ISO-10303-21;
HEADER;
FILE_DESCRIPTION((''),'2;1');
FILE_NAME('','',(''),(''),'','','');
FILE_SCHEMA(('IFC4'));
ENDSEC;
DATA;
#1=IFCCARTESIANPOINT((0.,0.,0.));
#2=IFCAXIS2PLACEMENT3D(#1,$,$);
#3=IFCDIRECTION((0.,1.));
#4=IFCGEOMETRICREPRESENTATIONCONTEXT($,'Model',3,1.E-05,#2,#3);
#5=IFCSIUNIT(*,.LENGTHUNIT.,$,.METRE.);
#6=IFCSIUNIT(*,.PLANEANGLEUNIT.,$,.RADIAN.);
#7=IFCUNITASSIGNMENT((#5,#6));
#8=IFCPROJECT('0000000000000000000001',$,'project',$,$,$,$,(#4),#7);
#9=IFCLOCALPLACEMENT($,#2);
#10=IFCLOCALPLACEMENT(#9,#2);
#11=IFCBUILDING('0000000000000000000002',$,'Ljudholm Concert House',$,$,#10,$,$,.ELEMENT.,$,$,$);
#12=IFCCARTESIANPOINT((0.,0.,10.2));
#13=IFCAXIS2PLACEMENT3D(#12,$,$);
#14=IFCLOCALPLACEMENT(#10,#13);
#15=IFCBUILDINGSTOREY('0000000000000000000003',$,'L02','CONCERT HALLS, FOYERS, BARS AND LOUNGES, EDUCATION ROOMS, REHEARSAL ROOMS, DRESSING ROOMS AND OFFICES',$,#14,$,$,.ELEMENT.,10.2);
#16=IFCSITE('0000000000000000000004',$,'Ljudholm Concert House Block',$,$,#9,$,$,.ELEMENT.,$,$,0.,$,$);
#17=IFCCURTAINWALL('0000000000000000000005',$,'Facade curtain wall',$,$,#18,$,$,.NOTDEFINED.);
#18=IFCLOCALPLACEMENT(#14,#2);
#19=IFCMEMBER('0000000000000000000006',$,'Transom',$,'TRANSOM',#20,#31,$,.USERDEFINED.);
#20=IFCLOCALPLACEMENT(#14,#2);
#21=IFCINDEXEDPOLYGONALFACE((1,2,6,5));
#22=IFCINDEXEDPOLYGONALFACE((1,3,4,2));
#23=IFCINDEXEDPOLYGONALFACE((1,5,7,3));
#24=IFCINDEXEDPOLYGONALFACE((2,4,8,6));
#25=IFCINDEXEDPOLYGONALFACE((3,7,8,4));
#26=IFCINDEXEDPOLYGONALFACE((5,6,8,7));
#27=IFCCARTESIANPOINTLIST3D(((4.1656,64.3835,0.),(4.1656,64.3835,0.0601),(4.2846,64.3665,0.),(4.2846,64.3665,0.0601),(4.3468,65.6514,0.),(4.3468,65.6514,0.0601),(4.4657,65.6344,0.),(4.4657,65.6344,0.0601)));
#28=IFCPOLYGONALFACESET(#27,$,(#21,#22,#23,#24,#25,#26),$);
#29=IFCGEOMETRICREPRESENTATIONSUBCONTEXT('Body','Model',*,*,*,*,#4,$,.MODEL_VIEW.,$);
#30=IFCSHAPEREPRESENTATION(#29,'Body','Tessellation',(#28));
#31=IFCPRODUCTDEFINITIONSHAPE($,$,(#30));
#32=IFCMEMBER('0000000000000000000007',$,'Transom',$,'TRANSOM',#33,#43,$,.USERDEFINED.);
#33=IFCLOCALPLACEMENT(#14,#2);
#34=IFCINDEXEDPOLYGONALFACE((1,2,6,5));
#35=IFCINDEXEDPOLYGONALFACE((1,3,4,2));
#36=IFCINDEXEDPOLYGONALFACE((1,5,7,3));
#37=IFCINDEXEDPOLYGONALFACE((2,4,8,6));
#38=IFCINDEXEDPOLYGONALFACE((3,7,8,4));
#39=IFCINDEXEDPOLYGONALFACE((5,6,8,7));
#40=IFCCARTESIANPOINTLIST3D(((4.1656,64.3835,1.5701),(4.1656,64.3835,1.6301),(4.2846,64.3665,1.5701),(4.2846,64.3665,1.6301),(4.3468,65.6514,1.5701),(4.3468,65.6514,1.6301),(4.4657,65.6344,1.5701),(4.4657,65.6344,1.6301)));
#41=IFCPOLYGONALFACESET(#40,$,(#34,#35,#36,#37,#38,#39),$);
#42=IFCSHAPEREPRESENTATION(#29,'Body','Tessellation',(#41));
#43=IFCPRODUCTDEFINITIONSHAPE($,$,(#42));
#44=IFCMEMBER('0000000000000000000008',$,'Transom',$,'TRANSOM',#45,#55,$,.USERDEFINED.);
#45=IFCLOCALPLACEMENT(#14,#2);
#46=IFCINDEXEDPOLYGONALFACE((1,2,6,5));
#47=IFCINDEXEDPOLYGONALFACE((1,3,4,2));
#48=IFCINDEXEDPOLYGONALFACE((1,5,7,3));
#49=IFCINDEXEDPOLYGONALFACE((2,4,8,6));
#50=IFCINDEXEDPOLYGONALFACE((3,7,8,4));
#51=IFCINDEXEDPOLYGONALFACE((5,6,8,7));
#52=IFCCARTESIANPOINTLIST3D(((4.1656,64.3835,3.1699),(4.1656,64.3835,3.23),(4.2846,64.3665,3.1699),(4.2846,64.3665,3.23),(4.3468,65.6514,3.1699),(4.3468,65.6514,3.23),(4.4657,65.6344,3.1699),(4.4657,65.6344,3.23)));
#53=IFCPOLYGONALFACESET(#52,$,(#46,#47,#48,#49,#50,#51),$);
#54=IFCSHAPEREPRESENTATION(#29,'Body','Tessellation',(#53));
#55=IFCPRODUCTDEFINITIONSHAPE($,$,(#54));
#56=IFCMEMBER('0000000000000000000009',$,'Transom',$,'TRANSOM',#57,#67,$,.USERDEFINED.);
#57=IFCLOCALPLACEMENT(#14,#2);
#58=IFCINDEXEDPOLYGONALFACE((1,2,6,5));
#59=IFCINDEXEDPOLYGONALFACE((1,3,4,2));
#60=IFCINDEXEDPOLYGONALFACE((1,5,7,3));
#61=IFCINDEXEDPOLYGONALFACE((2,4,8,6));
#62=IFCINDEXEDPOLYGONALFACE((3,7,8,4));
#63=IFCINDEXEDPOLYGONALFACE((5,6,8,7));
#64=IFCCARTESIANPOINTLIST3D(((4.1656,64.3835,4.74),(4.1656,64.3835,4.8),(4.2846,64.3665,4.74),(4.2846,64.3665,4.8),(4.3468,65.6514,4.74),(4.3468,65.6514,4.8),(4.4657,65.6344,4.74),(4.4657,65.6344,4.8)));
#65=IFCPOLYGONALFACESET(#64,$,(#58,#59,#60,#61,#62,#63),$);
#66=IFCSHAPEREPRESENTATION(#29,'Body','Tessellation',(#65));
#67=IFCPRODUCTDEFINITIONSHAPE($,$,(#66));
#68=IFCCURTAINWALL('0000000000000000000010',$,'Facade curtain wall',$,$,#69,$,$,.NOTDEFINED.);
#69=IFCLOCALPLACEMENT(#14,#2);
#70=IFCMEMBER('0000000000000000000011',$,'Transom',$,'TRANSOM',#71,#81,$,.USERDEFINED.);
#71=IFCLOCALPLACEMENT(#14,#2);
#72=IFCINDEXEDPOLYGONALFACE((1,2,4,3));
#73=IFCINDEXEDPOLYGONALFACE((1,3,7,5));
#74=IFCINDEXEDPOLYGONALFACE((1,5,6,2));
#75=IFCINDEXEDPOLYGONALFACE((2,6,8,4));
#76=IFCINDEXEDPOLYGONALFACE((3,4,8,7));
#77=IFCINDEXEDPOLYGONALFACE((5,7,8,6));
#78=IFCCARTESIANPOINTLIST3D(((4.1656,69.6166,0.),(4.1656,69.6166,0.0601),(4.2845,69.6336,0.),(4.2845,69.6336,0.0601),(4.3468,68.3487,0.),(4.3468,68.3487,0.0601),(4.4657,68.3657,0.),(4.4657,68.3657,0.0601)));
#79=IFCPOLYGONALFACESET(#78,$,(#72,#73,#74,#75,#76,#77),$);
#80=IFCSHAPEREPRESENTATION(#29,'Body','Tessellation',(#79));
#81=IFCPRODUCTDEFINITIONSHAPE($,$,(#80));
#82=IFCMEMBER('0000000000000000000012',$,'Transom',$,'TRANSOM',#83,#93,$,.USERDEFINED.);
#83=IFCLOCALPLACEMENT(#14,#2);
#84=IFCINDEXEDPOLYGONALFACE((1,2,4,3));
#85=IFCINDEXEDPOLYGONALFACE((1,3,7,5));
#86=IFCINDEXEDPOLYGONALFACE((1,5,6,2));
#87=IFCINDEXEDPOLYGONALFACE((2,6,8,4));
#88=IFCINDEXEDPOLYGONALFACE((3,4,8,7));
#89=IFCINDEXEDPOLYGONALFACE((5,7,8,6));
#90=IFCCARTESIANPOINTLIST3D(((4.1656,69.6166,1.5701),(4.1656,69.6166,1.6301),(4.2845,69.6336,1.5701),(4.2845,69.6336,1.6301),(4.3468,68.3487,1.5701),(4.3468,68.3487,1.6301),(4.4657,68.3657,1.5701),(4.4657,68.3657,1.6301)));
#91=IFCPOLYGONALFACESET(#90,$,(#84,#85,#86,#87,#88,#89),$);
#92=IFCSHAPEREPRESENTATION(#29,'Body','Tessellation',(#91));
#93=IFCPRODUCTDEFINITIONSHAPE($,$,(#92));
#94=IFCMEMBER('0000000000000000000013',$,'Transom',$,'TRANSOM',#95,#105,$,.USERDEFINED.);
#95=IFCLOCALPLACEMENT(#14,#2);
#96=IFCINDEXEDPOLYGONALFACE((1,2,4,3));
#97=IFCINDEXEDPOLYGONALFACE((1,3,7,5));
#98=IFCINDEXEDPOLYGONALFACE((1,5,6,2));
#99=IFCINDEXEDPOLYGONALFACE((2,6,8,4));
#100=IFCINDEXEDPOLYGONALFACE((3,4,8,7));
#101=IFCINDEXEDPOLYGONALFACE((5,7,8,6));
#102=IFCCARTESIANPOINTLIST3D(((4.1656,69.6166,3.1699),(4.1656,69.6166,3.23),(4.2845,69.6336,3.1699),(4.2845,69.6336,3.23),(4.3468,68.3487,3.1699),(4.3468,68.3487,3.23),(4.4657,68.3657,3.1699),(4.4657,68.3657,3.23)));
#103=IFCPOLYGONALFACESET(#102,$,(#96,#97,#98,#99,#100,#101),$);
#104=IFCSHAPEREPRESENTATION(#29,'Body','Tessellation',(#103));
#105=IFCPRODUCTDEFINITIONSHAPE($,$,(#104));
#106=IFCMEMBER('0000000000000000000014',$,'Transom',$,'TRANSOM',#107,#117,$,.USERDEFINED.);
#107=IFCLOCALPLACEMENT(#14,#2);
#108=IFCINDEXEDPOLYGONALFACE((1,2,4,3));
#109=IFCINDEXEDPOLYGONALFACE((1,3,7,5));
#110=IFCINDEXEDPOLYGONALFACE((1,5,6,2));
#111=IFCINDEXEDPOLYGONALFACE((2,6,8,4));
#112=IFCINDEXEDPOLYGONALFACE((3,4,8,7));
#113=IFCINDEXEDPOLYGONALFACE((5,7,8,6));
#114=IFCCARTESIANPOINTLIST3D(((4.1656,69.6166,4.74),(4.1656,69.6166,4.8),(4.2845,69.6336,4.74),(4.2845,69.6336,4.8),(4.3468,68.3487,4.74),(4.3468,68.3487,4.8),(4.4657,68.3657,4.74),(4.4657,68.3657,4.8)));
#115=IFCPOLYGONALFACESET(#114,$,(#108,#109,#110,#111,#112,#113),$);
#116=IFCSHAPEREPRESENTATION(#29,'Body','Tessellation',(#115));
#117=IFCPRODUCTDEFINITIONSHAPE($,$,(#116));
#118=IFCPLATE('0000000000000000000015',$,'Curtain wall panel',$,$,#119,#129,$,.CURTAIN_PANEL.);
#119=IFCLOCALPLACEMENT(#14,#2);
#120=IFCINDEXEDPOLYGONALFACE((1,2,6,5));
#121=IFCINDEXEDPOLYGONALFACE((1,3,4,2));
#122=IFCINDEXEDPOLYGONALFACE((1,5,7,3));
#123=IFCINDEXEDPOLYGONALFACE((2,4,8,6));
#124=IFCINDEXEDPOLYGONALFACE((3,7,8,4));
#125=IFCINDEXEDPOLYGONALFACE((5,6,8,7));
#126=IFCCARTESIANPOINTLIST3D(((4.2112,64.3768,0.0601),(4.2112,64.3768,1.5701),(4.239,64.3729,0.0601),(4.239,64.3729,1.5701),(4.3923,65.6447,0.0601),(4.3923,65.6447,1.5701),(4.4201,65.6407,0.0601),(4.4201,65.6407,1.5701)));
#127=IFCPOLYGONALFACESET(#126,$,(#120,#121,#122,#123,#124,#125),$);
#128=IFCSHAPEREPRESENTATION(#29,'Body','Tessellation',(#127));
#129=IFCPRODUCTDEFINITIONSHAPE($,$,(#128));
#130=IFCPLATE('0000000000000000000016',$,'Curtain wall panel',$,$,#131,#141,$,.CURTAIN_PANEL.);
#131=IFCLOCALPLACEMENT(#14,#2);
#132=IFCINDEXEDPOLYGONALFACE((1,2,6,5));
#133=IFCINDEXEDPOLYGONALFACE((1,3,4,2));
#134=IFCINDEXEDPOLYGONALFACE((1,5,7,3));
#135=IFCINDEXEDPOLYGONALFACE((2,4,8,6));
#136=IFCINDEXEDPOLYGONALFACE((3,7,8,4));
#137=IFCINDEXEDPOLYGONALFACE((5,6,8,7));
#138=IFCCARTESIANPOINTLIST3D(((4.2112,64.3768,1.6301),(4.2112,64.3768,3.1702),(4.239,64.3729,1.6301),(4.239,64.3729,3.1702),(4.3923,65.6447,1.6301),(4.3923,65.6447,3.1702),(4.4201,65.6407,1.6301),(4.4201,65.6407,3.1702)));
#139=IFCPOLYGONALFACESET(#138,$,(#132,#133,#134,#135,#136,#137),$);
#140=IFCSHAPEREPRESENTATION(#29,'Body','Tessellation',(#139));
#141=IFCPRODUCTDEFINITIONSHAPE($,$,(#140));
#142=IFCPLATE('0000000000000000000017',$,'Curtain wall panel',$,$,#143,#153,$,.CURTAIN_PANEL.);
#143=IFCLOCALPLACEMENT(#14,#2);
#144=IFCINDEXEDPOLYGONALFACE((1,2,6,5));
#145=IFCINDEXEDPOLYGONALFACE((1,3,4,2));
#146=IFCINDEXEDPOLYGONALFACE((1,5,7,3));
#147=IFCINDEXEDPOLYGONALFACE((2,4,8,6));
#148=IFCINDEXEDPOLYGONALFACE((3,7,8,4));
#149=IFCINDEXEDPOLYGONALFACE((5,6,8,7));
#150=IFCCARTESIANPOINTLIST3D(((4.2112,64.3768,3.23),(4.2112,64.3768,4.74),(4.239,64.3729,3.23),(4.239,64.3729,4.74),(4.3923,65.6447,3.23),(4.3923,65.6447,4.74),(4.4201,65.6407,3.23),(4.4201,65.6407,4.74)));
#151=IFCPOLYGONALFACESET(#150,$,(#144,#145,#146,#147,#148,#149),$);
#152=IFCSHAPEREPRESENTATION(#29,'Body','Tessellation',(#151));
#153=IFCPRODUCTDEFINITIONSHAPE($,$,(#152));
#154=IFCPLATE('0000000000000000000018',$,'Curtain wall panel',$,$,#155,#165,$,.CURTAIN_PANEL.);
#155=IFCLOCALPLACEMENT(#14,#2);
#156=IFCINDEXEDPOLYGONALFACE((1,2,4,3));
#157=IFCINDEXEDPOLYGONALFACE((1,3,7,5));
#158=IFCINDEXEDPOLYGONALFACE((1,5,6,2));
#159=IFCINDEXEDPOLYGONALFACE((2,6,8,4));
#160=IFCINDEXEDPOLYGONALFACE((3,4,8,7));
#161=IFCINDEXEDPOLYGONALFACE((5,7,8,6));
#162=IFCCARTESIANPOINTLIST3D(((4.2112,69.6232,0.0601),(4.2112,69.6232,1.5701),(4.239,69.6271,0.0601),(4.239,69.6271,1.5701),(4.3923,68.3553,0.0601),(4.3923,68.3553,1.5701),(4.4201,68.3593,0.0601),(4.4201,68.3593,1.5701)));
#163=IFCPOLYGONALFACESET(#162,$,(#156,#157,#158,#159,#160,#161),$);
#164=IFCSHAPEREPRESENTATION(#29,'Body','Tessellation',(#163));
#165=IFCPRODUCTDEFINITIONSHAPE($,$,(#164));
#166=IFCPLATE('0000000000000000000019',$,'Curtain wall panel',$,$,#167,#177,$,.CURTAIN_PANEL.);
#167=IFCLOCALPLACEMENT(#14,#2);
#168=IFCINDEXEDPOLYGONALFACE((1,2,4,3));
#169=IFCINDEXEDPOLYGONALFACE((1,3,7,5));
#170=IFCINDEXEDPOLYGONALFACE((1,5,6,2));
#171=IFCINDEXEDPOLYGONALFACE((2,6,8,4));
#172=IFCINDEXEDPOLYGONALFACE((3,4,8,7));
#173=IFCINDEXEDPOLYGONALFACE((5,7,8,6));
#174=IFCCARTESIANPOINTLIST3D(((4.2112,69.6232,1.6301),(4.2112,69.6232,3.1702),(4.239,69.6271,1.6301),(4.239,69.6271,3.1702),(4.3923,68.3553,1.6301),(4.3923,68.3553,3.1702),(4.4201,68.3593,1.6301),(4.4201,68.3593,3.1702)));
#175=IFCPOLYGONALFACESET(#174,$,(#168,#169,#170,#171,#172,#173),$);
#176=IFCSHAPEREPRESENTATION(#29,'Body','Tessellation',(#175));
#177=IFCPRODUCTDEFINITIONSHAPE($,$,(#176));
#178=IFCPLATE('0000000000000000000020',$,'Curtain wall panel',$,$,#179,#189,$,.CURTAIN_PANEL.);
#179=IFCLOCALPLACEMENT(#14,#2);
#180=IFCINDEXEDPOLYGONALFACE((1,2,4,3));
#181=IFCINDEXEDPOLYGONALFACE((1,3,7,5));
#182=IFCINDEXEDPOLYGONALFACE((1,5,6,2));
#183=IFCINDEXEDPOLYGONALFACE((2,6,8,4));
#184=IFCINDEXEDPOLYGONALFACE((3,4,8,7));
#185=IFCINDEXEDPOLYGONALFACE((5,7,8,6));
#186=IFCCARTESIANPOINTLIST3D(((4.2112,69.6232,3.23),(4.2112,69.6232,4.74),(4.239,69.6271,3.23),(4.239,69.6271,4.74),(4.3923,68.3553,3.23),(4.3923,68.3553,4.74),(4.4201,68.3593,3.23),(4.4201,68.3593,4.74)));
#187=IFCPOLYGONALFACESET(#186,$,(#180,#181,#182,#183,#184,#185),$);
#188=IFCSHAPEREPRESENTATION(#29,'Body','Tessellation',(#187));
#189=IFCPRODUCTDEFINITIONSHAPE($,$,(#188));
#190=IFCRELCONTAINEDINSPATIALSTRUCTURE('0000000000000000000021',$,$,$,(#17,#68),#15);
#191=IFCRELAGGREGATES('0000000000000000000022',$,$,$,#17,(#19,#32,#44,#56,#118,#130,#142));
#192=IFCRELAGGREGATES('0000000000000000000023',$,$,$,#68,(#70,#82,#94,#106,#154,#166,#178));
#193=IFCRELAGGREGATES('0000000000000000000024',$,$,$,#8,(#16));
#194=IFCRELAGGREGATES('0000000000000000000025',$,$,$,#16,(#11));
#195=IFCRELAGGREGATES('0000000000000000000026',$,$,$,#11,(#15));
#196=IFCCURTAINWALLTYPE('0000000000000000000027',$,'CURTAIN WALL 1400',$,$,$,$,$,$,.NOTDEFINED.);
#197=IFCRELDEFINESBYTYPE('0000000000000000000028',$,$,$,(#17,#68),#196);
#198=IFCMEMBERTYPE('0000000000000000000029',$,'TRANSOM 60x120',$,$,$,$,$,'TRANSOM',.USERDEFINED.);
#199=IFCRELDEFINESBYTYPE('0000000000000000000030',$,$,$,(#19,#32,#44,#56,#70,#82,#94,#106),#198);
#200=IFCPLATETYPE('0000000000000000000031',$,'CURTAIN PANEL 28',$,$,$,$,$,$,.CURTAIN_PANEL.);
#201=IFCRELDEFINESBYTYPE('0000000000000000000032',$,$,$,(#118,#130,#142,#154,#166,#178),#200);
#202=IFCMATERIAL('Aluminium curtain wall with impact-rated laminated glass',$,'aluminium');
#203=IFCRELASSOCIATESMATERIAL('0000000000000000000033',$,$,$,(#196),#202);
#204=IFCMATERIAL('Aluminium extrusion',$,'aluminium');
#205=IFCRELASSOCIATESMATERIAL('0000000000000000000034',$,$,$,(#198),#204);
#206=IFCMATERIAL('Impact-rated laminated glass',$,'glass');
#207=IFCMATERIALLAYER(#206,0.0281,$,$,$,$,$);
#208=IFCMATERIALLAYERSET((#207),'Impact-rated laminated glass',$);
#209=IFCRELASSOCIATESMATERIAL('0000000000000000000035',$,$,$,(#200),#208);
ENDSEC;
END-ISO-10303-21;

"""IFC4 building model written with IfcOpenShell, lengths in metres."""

from ifc_helpers import new_model, si_unit, direction, frame, origin, origin_2d, place, context, subcontext, project, spatial, rectangle, extrude, material, layer, layer_set, material_profile, profile_set, type_object, element, aggregate, save


model = new_model("IFC4")

# Units and contexts
model_context = context("Model", 3, precision=1e-05, world=origin(), true_north=direction((0.0, 1.0)))
body_context = subcontext(model_context, "Body", "Model", "MODEL_VIEW")
ifc_project = project(units=[si_unit("LENGTHUNIT", "METRE"), si_unit("PLANEANGLEUNIT", "RADIAN")], contexts=[model_context])

# Site, building, storey
site_placement = place(None, origin())
site = spatial("IfcSite", under=ifc_project, at=site_placement, Name="Ljudholm Concert House Block", CompositionType="ELEMENT", RefElevation=0.0)
building_placement = place(site_placement, origin())
building = spatial("IfcBuilding", under=site, at=building_placement, Name="Ljudholm Concert House", CompositionType="ELEMENT")
storey_placement = place(building_placement, frame((0.0, 0.0, 10.2)))
storey = spatial("IfcBuildingStorey", under=building, at=storey_placement, Name="L02", Description="CONCERT HALLS, FOYERS, BARS AND LOUNGES, EDUCATION ROOMS, REHEARSAL ROOMS, DRESSING ROOMS AND OFFICES", CompositionType="ELEMENT", Elevation=10.2)

# Curtain walls, members
ifc_material_1 = material(Name="Aluminium curtain wall with impact-rated laminated glass", Category="aluminium")
curtain_wall_type = type_object("IfcCurtainWallType", Name="CURTAIN WALL 1400", PredefinedType="NOTDEFINED", material=ifc_material_1)
curtain_wall_1_placement = place(storey_placement, origin())
curtain_wall_1 = element("IfcCurtainWall", 1, at=curtain_wall_1_placement, inside=storey, type_object=curtain_wall_type, Name="Facade curtain wall", PredefinedType="NOTDEFINED")
ifc_material_2 = material(Name="Aluminium extrusion", Category="aluminium")
ifc_material_profile = material_profile(ifc_material_2, rectangle(XDim=0.1201, YDim=0.0601, at=origin_2d()), Name="TRANSOM 60x120")
ifc_profile_set = profile_set([ifc_material_profile], Name="Aluminium extrusion")
member_type = type_object("IfcMemberType", Name="TRANSOM 60x120", ElementType="TRANSOM", PredefinedType="USERDEFINED", material=ifc_profile_set)
member_1_placement = place(storey_placement, frame((4.2251, 64.375, 0.03), z_axis=(0.141448, 0.989946, 0.0), x_axis=(-0.989946, 0.141448, 0.0)))
member_1 = element("IfcMember", 2, at=member_1_placement, type_object=member_type, Name="Transom", ObjectType="TRANSOM", PredefinedType="USERDEFINED", context=body_context, shape_type="SweptSolid", body=[
    extrude(rectangle(XDim=0.1201, YDim=0.0601, at=origin_2d()), origin(), (0.0, 0.0, 1.0), 1.2808),
])
member_2_placement = place(storey_placement, frame((4.2251, 64.375, 1.6001), z_axis=(0.141448, 0.989946, 0.0), x_axis=(-0.989946, 0.141448, 0.0)))
member_2 = element("IfcMember", 3, at=member_2_placement, type_object=member_type, Name="Transom", ObjectType="TRANSOM", PredefinedType="USERDEFINED", context=body_context, shape_type="SweptSolid", body=[
    extrude(rectangle(XDim=0.1201, YDim=0.0601, at=origin_2d()), origin(), (0.0, 0.0, 1.0), 1.2808),
])
member_3_placement = place(storey_placement, frame((4.2251, 64.375, 3.2), z_axis=(0.141448, 0.989946, 0.0), x_axis=(-0.989946, 0.141448, 0.0)))
member_3 = element("IfcMember", 4, at=member_3_placement, type_object=member_type, Name="Transom", ObjectType="TRANSOM", PredefinedType="USERDEFINED", context=body_context, shape_type="SweptSolid", body=[
    extrude(rectangle(XDim=0.1201, YDim=0.0601, at=origin_2d()), origin(), (0.0, 0.0, 1.0), 1.2808),
])
member_4_placement = place(storey_placement, frame((4.2251, 64.375, 4.77), z_axis=(0.141448, 0.989946, 0.0), x_axis=(-0.989946, 0.141448, 0.0)))
member_4 = element("IfcMember", 5, at=member_4_placement, type_object=member_type, Name="Transom", ObjectType="TRANSOM", PredefinedType="USERDEFINED", context=body_context, shape_type="SweptSolid", body=[
    extrude(rectangle(XDim=0.1201, YDim=0.0601, at=origin_2d()), origin(), (0.0, 0.0, 1.0), 1.2808),
])
curtain_wall_2_placement = place(storey_placement, origin())
curtain_wall_2 = element("IfcCurtainWall", 6, at=curtain_wall_2_placement, inside=storey, type_object=curtain_wall_type, Name="Facade curtain wall", PredefinedType="NOTDEFINED")
member_5_placement = place(storey_placement, frame((4.4062, 68.3572, 0.03), z_axis=(-0.141448, 0.989946, 0.0), x_axis=(-0.989946, -0.141448, 0.0)))
member_5 = element("IfcMember", 7, at=member_5_placement, type_object=member_type, Name="Transom", ObjectType="TRANSOM", PredefinedType="USERDEFINED", context=body_context, shape_type="SweptSolid", body=[
    extrude(rectangle(XDim=0.1201, YDim=0.0601, at=origin_2d()), origin(), (0.0, 0.0, 1.0), 1.2808),
])
member_6_placement = place(storey_placement, frame((4.4062, 68.3572, 1.6001), z_axis=(-0.141448, 0.989946, 0.0), x_axis=(-0.989946, -0.141448, 0.0)))
member_6 = element("IfcMember", 8, at=member_6_placement, type_object=member_type, Name="Transom", ObjectType="TRANSOM", PredefinedType="USERDEFINED", context=body_context, shape_type="SweptSolid", body=[
    extrude(rectangle(XDim=0.1201, YDim=0.0601, at=origin_2d()), origin(), (0.0, 0.0, 1.0), 1.2808),
])
member_7_placement = place(storey_placement, frame((4.4062, 68.3572, 3.2), z_axis=(-0.141448, 0.989946, 0.0), x_axis=(-0.989946, -0.141448, 0.0)))
member_7 = element("IfcMember", 9, at=member_7_placement, type_object=member_type, Name="Transom", ObjectType="TRANSOM", PredefinedType="USERDEFINED", context=body_context, shape_type="SweptSolid", body=[
    extrude(rectangle(XDim=0.1201, YDim=0.0601, at=origin_2d()), origin(), (0.0, 0.0, 1.0), 1.2808),
])
member_8_placement = place(storey_placement, frame((4.4062, 68.3572, 4.77), z_axis=(-0.141448, 0.989946, 0.0), x_axis=(-0.989946, -0.141448, 0.0)))
member_8 = element("IfcMember", 10, at=member_8_placement, type_object=member_type, Name="Transom", ObjectType="TRANSOM", PredefinedType="USERDEFINED", context=body_context, shape_type="SweptSolid", body=[
    extrude(rectangle(XDim=0.1201, YDim=0.0601, at=origin_2d()), origin(), (0.0, 0.0, 1.0), 1.2808),
])

# Plates
ifc_material_3 = material(Name="Impact-rated laminated glass", Category="glass")
ifc_layer = layer(ifc_material_3, 0.0281)
ifc_layer_set = layer_set([ifc_layer], Name="Impact-rated laminated glass")
plate_type = type_object("IfcPlateType", Name="CURTAIN PANEL 28", PredefinedType="CURTAIN_PANEL", material=ifc_layer_set)
plate_1_placement = place(storey_placement, frame((4.3157, 65.0088, 0.0601), z_axis=(0.0, 0.0, 1.0), x_axis=(0.141421, 0.989949, 0.0)))
plate_1 = element("IfcPlate", 11, at=plate_1_placement, type_object=plate_type, Name="Curtain wall panel", PredefinedType="CURTAIN_PANEL", context=body_context, shape_type="SweptSolid", body=[
    extrude(rectangle(XDim=1.2808, YDim=0.0281, at=origin_2d()), origin(), (0.0, 0.0, 1.0), 1.51),
])
plate_2_placement = place(storey_placement, frame((4.3157, 65.0088, 1.6301), z_axis=(0.0, 0.0, 1.0), x_axis=(0.141421, 0.989949, 0.0)))
plate_2 = element("IfcPlate", 12, at=plate_2_placement, type_object=plate_type, Name="Curtain wall panel", PredefinedType="CURTAIN_PANEL", context=body_context, shape_type="SweptSolid", body=[
    extrude(rectangle(XDim=1.2808, YDim=0.0281, at=origin_2d()), origin(), (0.0, 0.0, 1.0), 1.54),
])
plate_3_placement = place(storey_placement, frame((4.3157, 65.0088, 3.23), z_axis=(0.0, 0.0, 1.0), x_axis=(0.141421, 0.989949, 0.0)))
plate_3 = element("IfcPlate", 13, at=plate_3_placement, type_object=plate_type, Name="Curtain wall panel", PredefinedType="CURTAIN_PANEL", context=body_context, shape_type="SweptSolid", body=[
    extrude(rectangle(XDim=1.2808, YDim=0.0281, at=origin_2d()), origin(), (0.0, 0.0, 1.0), 1.51),
])
aggregate(curtain_wall_1, [member_1, member_2, member_3, member_4, plate_1, plate_2, plate_3])
plate_4_placement = place(storey_placement, frame((4.3157, 68.9912, 0.0601), z_axis=(0.0, 0.0, 1.0), x_axis=(-0.141421, 0.989949, 0.0)))
plate_4 = element("IfcPlate", 14, at=plate_4_placement, type_object=plate_type, Name="Curtain wall panel", PredefinedType="CURTAIN_PANEL", context=body_context, shape_type="SweptSolid", body=[
    extrude(rectangle(XDim=1.2808, YDim=0.0281, at=origin_2d()), origin(), (0.0, 0.0, 1.0), 1.51),
])
plate_5_placement = place(storey_placement, frame((4.3157, 68.9912, 1.6301), z_axis=(0.0, 0.0, 1.0), x_axis=(-0.141421, 0.989949, 0.0)))
plate_5 = element("IfcPlate", 15, at=plate_5_placement, type_object=plate_type, Name="Curtain wall panel", PredefinedType="CURTAIN_PANEL", context=body_context, shape_type="SweptSolid", body=[
    extrude(rectangle(XDim=1.2808, YDim=0.0281, at=origin_2d()), origin(), (0.0, 0.0, 1.0), 1.54),
])
plate_6_placement = place(storey_placement, frame((4.3157, 68.9912, 3.23), z_axis=(0.0, 0.0, 1.0), x_axis=(-0.141421, 0.989949, 0.0)))
plate_6 = element("IfcPlate", 16, at=plate_6_placement, type_object=plate_type, Name="Curtain wall panel", PredefinedType="CURTAIN_PANEL", context=body_context, shape_type="SweptSolid", body=[
    extrude(rectangle(XDim=1.2808, YDim=0.0281, at=origin_2d()), origin(), (0.0, 0.0, 1.0), 1.51),
])
aggregate(curtain_wall_2, [member_5, member_6, member_7, member_8, plate_4, plate_5, plate_6])

save(model, "model.ifc")
